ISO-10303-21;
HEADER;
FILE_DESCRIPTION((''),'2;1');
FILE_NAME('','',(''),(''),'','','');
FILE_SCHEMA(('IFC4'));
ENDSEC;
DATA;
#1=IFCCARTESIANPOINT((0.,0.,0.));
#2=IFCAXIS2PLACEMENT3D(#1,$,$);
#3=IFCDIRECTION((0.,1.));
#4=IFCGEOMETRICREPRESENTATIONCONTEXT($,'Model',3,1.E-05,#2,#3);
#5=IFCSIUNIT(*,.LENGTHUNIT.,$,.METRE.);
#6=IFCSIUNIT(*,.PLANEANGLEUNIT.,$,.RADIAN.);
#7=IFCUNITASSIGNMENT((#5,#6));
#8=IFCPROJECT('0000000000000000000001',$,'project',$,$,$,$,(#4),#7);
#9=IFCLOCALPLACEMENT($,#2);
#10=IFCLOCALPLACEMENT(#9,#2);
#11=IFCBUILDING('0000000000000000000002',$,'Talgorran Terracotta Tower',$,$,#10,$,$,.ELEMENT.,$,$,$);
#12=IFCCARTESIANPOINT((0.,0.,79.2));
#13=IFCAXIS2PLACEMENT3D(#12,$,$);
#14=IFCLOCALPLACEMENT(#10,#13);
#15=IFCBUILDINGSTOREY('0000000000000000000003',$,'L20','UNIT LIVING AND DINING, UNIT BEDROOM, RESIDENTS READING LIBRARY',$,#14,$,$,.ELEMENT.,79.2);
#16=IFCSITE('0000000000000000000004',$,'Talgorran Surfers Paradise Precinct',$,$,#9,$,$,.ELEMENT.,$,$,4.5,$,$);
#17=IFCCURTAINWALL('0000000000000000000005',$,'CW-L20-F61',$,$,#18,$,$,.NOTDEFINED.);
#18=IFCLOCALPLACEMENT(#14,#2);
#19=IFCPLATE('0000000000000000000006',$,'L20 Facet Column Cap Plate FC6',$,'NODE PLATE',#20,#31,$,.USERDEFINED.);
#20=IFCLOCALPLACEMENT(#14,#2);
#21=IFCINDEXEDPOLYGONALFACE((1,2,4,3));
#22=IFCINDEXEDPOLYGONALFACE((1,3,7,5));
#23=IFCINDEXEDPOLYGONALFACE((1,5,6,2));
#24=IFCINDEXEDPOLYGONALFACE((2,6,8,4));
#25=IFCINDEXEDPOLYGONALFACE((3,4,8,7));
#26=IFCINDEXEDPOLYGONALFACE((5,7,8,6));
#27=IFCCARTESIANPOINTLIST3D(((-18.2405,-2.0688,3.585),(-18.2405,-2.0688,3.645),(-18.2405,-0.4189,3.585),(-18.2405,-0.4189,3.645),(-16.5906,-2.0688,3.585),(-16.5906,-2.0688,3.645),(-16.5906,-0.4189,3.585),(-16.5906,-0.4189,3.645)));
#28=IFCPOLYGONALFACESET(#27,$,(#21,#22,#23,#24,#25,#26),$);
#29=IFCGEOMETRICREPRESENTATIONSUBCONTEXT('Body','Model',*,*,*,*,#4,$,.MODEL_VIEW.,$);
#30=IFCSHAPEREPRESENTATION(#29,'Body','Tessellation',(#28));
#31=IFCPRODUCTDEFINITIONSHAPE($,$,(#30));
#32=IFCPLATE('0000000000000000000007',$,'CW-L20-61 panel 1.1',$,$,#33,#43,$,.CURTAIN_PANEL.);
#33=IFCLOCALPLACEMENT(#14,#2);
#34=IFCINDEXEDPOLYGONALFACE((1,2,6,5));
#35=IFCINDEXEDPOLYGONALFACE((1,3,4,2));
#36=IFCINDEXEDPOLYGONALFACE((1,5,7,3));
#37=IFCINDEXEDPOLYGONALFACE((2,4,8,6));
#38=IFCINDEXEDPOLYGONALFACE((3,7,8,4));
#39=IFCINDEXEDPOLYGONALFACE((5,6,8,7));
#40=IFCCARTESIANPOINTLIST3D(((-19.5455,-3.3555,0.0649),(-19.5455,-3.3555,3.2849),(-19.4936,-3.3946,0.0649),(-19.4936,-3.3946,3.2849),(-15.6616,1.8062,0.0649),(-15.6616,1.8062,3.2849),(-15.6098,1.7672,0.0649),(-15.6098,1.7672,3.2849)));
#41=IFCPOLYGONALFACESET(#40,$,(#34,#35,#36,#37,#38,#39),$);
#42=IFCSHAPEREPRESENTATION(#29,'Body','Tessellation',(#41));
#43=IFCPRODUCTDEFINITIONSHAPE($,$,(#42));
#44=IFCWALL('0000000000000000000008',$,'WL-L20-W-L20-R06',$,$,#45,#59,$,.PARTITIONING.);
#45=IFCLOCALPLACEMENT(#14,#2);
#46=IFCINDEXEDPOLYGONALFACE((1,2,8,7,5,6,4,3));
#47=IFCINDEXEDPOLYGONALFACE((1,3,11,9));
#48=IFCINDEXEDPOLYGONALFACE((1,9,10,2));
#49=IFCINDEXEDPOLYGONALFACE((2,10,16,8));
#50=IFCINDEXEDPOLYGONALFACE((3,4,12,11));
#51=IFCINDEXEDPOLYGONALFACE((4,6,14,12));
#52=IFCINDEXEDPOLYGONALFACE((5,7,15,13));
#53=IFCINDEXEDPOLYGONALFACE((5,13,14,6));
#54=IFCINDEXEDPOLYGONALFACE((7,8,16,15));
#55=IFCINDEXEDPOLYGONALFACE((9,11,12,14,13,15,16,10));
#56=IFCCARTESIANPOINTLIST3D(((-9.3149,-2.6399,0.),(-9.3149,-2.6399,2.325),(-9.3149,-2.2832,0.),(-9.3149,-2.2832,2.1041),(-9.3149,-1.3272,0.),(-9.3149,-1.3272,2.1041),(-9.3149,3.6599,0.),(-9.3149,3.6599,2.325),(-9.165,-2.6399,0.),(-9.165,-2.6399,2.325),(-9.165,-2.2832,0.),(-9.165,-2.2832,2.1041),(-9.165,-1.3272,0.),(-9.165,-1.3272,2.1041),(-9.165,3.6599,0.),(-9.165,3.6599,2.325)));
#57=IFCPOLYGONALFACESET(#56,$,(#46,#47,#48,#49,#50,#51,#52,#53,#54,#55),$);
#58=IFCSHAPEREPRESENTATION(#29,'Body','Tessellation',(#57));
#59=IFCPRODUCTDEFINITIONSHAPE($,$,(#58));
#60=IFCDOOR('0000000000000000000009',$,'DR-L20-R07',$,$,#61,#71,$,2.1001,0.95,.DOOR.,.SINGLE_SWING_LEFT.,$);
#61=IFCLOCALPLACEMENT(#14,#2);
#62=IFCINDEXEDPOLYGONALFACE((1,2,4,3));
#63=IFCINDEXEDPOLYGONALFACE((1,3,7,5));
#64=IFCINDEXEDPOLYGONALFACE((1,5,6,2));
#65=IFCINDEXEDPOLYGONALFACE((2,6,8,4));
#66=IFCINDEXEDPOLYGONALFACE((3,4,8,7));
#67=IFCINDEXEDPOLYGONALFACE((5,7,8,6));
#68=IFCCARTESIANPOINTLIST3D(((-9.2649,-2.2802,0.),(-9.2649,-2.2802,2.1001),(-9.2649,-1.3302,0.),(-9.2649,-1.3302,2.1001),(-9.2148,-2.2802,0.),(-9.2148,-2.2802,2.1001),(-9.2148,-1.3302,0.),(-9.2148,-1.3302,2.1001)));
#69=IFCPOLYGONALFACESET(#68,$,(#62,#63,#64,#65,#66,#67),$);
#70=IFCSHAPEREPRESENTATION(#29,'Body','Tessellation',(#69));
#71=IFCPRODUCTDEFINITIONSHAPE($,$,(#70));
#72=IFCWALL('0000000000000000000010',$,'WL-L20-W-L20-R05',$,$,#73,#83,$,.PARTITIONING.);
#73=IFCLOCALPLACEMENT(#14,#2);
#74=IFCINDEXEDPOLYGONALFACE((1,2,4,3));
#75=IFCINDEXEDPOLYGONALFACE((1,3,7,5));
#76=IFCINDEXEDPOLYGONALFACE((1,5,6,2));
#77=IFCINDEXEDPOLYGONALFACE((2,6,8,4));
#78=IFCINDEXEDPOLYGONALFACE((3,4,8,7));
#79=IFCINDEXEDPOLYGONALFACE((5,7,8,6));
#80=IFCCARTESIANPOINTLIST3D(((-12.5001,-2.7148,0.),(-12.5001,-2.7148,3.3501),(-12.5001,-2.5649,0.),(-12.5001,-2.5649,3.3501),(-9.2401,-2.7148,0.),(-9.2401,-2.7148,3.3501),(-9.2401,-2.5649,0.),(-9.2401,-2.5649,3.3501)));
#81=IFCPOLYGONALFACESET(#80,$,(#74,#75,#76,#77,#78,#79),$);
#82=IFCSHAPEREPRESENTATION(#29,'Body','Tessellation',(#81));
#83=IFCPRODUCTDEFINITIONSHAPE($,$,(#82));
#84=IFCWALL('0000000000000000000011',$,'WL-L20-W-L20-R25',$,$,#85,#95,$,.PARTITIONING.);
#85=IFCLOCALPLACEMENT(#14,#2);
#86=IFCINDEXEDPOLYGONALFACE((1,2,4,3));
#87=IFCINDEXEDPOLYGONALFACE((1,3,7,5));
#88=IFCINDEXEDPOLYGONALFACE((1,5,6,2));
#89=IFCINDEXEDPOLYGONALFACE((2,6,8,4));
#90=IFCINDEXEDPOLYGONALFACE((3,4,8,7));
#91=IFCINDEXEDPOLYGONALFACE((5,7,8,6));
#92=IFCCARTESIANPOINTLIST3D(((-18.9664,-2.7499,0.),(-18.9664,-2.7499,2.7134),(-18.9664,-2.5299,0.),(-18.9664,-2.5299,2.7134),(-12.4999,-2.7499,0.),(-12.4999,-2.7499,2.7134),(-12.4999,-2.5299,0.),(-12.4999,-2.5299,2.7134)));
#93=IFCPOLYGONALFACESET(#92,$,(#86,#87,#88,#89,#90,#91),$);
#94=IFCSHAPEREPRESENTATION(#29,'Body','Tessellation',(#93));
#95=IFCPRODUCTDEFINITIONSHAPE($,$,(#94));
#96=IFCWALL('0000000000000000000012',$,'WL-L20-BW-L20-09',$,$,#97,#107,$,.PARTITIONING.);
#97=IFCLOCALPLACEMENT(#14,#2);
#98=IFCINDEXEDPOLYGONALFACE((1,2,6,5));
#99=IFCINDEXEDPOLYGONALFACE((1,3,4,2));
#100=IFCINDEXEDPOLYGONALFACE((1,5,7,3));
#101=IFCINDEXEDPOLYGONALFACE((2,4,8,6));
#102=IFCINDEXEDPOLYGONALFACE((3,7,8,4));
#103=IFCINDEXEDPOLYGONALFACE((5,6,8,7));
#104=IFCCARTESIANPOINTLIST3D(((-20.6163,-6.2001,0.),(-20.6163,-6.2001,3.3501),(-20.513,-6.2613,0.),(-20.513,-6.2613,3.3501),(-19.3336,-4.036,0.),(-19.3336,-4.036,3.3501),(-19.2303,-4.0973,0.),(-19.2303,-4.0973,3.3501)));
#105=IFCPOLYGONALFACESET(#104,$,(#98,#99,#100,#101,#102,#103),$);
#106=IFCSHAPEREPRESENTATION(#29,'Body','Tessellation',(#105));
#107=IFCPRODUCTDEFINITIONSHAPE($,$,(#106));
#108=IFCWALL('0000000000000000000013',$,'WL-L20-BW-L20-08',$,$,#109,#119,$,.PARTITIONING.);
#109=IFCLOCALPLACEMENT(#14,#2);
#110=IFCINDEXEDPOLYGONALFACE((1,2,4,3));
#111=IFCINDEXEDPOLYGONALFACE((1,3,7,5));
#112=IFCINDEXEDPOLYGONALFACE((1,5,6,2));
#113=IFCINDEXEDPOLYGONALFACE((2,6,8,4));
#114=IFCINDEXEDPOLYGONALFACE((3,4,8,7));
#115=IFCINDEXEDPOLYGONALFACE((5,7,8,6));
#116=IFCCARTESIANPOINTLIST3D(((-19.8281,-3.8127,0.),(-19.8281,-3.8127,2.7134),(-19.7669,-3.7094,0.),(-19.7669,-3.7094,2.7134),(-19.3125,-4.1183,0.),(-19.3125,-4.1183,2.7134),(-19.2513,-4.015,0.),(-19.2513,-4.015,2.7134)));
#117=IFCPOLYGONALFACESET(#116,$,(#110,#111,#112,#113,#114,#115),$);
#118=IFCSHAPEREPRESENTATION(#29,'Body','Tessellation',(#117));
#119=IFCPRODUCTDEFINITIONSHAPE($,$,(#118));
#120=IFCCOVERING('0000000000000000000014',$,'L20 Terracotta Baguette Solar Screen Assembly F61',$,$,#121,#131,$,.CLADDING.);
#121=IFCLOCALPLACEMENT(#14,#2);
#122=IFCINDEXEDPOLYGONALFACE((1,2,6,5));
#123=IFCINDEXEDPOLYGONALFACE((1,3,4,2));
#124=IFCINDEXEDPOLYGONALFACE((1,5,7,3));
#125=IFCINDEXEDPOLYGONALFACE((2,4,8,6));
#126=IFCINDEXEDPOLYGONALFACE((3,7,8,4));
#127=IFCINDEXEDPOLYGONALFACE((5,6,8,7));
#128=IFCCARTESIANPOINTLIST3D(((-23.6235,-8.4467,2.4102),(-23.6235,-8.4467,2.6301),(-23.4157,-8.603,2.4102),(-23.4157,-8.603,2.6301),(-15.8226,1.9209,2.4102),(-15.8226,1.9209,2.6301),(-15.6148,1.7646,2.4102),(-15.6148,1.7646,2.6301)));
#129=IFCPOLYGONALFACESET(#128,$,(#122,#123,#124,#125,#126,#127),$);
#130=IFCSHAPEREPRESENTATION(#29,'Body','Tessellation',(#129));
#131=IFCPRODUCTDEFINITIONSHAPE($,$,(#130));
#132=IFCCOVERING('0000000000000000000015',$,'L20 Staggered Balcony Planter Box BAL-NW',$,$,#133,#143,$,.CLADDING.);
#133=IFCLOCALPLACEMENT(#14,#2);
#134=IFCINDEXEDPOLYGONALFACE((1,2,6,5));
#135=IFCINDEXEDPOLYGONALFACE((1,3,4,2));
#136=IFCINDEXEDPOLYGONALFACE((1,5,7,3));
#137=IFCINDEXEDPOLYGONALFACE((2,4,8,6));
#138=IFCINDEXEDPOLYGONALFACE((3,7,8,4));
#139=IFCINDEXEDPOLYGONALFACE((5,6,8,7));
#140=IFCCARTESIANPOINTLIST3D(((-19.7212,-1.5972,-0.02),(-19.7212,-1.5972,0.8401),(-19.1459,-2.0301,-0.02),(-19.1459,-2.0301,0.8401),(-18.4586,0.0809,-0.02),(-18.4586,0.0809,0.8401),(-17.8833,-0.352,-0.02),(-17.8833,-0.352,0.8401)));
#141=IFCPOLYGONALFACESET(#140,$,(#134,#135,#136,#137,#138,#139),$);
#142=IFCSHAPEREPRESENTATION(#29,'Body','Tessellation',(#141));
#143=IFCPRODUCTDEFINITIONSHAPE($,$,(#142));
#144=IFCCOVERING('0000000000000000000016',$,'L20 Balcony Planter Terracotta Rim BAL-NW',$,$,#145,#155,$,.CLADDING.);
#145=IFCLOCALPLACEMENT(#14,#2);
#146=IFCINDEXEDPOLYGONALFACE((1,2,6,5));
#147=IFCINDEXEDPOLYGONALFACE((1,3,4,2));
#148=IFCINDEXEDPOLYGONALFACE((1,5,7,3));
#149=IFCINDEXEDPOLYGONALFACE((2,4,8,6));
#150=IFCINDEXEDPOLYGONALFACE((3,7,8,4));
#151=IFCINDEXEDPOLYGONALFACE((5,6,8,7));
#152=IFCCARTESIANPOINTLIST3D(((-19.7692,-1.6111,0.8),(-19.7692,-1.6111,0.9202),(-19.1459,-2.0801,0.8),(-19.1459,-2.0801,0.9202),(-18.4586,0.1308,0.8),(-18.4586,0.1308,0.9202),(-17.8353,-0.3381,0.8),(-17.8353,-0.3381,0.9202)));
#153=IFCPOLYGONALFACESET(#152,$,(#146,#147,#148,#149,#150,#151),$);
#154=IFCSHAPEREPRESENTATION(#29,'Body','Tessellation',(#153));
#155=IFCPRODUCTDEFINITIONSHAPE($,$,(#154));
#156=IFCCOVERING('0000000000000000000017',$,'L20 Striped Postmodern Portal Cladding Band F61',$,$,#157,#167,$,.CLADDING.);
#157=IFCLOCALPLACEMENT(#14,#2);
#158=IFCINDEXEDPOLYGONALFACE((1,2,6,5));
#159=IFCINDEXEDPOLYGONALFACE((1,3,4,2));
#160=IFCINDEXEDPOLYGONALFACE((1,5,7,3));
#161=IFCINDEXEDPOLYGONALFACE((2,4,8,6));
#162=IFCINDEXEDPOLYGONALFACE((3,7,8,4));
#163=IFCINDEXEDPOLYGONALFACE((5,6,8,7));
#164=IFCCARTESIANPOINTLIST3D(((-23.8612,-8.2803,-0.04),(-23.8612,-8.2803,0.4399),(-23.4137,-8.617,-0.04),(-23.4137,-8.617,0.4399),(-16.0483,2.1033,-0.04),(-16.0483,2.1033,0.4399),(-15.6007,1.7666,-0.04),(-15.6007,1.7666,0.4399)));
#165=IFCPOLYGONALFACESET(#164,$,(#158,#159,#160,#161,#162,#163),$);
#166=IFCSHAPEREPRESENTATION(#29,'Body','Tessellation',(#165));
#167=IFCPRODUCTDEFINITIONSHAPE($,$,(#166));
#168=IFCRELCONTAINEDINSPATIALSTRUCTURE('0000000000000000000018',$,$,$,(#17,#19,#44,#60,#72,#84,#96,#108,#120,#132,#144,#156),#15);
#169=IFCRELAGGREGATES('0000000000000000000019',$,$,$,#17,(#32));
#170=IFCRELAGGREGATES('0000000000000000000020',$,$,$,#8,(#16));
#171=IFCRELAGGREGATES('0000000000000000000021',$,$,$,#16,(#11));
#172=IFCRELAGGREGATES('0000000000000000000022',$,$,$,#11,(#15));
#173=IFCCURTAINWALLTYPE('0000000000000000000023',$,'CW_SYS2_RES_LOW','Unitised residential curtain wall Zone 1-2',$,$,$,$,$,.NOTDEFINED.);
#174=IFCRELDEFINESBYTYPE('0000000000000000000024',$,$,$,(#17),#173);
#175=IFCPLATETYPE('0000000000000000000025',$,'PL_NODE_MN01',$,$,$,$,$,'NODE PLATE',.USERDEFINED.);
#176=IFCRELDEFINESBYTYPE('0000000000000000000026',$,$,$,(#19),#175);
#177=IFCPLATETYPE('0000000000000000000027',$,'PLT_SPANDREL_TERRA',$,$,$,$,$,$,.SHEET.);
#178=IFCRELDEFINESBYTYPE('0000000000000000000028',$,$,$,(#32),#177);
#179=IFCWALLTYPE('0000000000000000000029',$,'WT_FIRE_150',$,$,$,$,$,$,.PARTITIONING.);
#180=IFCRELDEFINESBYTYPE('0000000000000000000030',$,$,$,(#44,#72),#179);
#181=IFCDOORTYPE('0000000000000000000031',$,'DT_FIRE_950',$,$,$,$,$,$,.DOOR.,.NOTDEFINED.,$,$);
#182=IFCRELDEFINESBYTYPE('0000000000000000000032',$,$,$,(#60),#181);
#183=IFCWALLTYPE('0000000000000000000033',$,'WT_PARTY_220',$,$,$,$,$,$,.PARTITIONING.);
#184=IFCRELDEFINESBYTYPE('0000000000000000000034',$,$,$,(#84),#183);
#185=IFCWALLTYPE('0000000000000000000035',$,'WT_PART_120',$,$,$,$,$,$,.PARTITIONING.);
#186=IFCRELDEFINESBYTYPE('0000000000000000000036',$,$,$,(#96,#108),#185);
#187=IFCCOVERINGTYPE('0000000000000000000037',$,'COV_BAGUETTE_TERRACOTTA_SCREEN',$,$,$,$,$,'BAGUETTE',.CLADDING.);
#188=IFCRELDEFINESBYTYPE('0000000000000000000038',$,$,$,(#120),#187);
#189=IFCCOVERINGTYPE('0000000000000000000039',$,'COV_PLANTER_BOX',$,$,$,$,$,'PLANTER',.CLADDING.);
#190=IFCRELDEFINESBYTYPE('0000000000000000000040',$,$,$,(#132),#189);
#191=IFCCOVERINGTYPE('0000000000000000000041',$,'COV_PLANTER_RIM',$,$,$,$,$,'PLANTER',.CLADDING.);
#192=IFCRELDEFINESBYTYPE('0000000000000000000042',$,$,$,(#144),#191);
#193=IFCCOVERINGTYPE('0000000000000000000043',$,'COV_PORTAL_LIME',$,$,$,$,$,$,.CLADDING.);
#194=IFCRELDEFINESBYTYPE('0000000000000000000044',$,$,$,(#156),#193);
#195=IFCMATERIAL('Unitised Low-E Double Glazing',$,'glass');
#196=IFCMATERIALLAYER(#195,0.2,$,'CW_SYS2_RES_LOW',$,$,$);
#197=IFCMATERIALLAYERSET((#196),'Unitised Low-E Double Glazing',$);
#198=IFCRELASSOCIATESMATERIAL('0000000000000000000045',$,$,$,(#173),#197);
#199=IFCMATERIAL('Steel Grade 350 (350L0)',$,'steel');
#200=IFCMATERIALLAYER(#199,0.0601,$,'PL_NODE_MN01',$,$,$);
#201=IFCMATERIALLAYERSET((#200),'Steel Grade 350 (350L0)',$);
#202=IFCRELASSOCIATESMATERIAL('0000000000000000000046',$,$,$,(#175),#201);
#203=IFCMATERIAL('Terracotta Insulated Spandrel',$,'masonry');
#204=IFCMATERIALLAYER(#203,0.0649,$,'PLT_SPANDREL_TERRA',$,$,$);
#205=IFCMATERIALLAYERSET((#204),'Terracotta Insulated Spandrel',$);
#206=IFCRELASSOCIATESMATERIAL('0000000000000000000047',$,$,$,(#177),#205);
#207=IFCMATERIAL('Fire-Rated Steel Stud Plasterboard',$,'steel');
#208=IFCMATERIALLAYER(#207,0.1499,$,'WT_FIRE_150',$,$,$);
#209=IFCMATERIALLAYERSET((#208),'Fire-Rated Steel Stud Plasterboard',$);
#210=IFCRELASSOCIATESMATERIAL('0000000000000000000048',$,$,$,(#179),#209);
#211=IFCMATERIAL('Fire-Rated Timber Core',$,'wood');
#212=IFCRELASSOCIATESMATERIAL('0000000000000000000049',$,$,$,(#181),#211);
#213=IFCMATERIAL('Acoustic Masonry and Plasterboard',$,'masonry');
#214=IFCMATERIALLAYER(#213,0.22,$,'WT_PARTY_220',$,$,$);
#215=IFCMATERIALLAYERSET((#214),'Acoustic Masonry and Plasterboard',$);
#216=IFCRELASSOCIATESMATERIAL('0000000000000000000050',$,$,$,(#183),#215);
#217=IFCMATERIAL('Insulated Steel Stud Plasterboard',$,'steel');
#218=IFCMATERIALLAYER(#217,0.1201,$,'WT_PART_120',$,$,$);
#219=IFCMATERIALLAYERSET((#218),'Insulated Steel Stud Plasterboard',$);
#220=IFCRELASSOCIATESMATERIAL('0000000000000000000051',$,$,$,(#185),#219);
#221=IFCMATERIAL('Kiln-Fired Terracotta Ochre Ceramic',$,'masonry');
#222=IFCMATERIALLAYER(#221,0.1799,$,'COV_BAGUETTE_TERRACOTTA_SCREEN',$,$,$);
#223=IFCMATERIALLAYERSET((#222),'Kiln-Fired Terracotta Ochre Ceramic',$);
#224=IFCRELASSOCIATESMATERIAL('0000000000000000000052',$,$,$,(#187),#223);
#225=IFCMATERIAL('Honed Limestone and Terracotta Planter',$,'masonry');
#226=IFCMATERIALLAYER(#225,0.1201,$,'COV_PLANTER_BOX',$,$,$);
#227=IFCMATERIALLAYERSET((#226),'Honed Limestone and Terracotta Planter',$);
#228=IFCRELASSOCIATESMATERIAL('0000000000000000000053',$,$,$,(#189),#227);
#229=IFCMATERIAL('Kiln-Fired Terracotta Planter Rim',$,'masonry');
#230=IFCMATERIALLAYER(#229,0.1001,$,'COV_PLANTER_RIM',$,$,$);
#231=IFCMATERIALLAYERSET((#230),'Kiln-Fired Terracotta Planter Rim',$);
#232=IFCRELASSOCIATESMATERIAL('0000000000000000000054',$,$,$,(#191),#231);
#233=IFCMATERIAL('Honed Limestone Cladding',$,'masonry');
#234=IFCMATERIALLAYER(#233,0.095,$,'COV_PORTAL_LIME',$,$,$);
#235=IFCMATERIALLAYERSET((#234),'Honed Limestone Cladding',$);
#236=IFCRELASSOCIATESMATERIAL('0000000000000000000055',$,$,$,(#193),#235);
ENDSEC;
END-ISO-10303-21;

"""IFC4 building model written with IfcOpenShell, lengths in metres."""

from ifc_helpers import new_model, si_unit, direction, frame, frame_2d, origin, origin_2d, place, context, subcontext, project, spatial, rectangle, extrude, source, transform, mapped, material, layer, layer_set, type_object, type_shapes, element, fill, aggregate, save


model = new_model("IFC4")

# Units and contexts
model_context = context("Model", 3, precision=1e-05, world=origin(), true_north=direction((0.0, 1.0)))
body_context = subcontext(model_context, "Body", "Model", "MODEL_VIEW")
ifc_project = project(units=[si_unit("LENGTHUNIT", "METRE"), si_unit("PLANEANGLEUNIT", "RADIAN")], contexts=[model_context])

# Site, building, storey
site_placement = place(None, origin())
site = spatial("IfcSite", under=ifc_project, at=site_placement, Name="Talgorran Surfers Paradise Precinct", CompositionType="ELEMENT", RefElevation=4.5)
building_placement = place(site_placement, origin())
building = spatial("IfcBuilding", under=site, at=building_placement, Name="Talgorran Terracotta Tower", CompositionType="ELEMENT")
storey_placement = place(building_placement, frame((0.0, 0.0, 79.2)))
storey = spatial("IfcBuildingStorey", under=building, at=storey_placement, Name="L20", Description="UNIT LIVING AND DINING, UNIT BEDROOM, RESIDENTS READING LIBRARY", CompositionType="ELEMENT", Elevation=79.2)

# Shared definitions
ifc_material_1 = material(Name="Steel Grade 350 (350L0)", Category="steel")

# Curtain wall
ifc_material_2 = material(Name="Unitised Low-E Double Glazing", Category="glass")
ifc_layer_1 = layer(ifc_material_2, 0.2, Name="CW_SYS2_RES_LOW")
ifc_layer_set_1 = layer_set([ifc_layer_1], Name="Unitised Low-E Double Glazing")
curtain_wall_type = type_object("IfcCurtainWallType", Name="CW_SYS2_RES_LOW", Description="Unitised residential curtain wall Zone 1-2", PredefinedType="NOTDEFINED", material=ifc_layer_set_1)
curtain_wall_placement = place(storey_placement, origin())
curtain_wall = element("IfcCurtainWall", 1, at=curtain_wall_placement, inside=storey, type_object=curtain_wall_type, Name="CW-L20-F61", PredefinedType="NOTDEFINED")

# Plates
ifc_layer_2 = layer(ifc_material_1, 0.0601, Name="PL_NODE_MN01")
ifc_layer_set_2 = layer_set([ifc_layer_2], Name="Steel Grade 350 (350L0)")
plate_type_1 = type_object("IfcPlateType", Name="PL_NODE_MN01", ElementType="NODE PLATE", PredefinedType="USERDEFINED", material=ifc_layer_set_2)
plate_1_placement = place(storey_placement, frame((-17.4155, -1.2439, 3.585), z_axis=(0.0, 0.0, 1.0), x_axis=(1.0, 0.0, 0.0)))
element("IfcPlate", 2, at=plate_1_placement, inside=storey, type_object=plate_type_1, Name="L20 Facet Column Cap Plate FC6", ObjectType="NODE PLATE", PredefinedType="USERDEFINED", context=body_context, shape_type="SweptSolid", body=[
    extrude(rectangle(XDim=1.6499, YDim=1.6499, at=origin_2d()), origin(), (0.0, 0.0, 1.0), 0.0601),
])
ifc_material_3 = material(Name="Terracotta Insulated Spandrel", Category="masonry")
ifc_layer_3 = layer(ifc_material_3, 0.0649, Name="PLT_SPANDREL_TERRA")
ifc_layer_set_3 = layer_set([ifc_layer_3], Name="Terracotta Insulated Spandrel")
plate_type_2 = type_object("IfcPlateType", Name="PLT_SPANDREL_TERRA", PredefinedType="SHEET", material=ifc_layer_set_3)
shared_shape_1 = source(origin(), body_context, "Body", "SweptSolid", [
    extrude(rectangle(XDim=6.4597, YDim=0.0649, at=origin_2d()), origin(), (0.0, 0.0, 1.0), 3.22),
])
type_shapes(plate_type_2, [shared_shape_1])
plate_2_placement = place(storey_placement, frame((-17.5776, -0.7942, 0.0649), z_axis=(0.0, 0.0, 1.0), x_axis=(-0.601246, -0.799064, 0.0)))
plate_2 = element("IfcPlate", 3, at=plate_2_placement, type_object=plate_type_2, Name="CW-L20-61 panel 1.1", PredefinedType="CURTAIN_PANEL", context=body_context, shape_type="MappedRepresentation", body=[
    mapped(shared_shape_1, transform((0.0, 0.0, 0.0), scale=1.0)),
])
aggregate(curtain_wall, [plate_2])

# Wall, opening, door
ifc_material_4 = material(Name="Fire-Rated Steel Stud Plasterboard", Category="steel")
ifc_layer_4 = layer(ifc_material_4, 0.1499, Name="WT_FIRE_150")
ifc_layer_set_4 = layer_set([ifc_layer_4], Name="Fire-Rated Steel Stud Plasterboard")
wall_type_1 = type_object("IfcWallType", Name="WT_FIRE_150", PredefinedType="PARTITIONING", material=ifc_layer_set_4)
wall_1_placement = place(storey_placement, frame((-9.24, -2.6399, 0.0), z_axis=(0.0, 0.0, 1.0), x_axis=(0.0, 1.0, 0.0)))
wall_1 = element("IfcWall", 4, at=wall_1_placement, inside=storey, type_object=wall_type_1, Name="WL-L20-W-L20-R06", PredefinedType="PARTITIONING", context=body_context, shape_type="SweptSolid", body=[
    extrude(rectangle(XDim=6.2998, YDim=0.1499, at=frame_2d((3.1499, 0.0))), origin(), (0.0, 0.0, 1.0), 2.325),
])
opening_placement = place(wall_1_placement, frame((0.3596, 0.0, 0.0)))
opening = element("IfcOpeningElement", 5, at=opening_placement, cuts=wall_1, PredefinedType="OPENING", context=body_context, shape_type="SweptSolid", body=[
    extrude(rectangle(XDim=0.956, YDim=2.1041, at=frame_2d((0.4751, 1.052))), frame((0.0, 0.085, 0.0), z_axis=(0.0, -1.0, 0.0), x_axis=(1.0, 0.0, 0.0)), (0.0, 0.0, 1.0), 0.1699),
])
ifc_material_5 = material(Name="Fire-Rated Timber Core", Category="wood")
door_type = type_object("IfcDoorType", Name="DT_FIRE_950", OperationType="NOTDEFINED", PredefinedType="DOOR", material=ifc_material_5)
door_placement = place(opening_placement, origin())
door = element("IfcDoor", 6, at=door_placement, inside=storey, type_object=door_type, Name="DR-L20-R07", OperationType="SINGLE_SWING_LEFT", OverallHeight=2.1001, OverallWidth=0.95, PredefinedType="DOOR", context=body_context, shape_type="SweptSolid", body=[
    extrude(rectangle(XDim=0.95, YDim=2.1001, at=frame_2d((0.4751, 1.05))), frame((0.0, 0.0249, 0.0), z_axis=(0.0, -1.0, 0.0), x_axis=(1.0, 0.0, 0.0)), (0.0, 0.0, 1.0), 0.05),
])
fill(opening, door)

# Walls
wall_2_placement = place(storey_placement, frame((-12.5, -2.6399, 0.0), z_axis=(0.0, 0.0, 1.0), x_axis=(1.0, 0.0, 0.0)))
element("IfcWall", 7, at=wall_2_placement, inside=storey, type_object=wall_type_1, Name="WL-L20-W-L20-R05", PredefinedType="PARTITIONING", context=body_context, shape_type="SweptSolid", body=[
    extrude(rectangle(XDim=3.26, YDim=0.1499, at=frame_2d((1.6299, 0.0))), origin(), (0.0, 0.0, 1.0), 3.3501),
])
ifc_material_6 = material(Name="Acoustic Masonry and Plasterboard", Category="masonry")
ifc_layer_5 = layer(ifc_material_6, 0.22, Name="WT_PARTY_220")
ifc_layer_set_5 = layer_set([ifc_layer_5], Name="Acoustic Masonry and Plasterboard")
wall_type_2 = type_object("IfcWallType", Name="WT_PARTY_220", PredefinedType="PARTITIONING", material=ifc_layer_set_5)
wall_3_placement = place(storey_placement, frame((-18.9666, -2.6399, 0.0), z_axis=(0.0, 0.0, 1.0), x_axis=(1.0, 0.0, 0.0)))
element("IfcWall", 8, at=wall_3_placement, inside=storey, type_object=wall_type_2, Name="WL-L20-W-L20-R25", PredefinedType="PARTITIONING", context=body_context, shape_type="SweptSolid", body=[
    extrude(rectangle(XDim=6.4666, YDim=0.22, at=frame_2d((3.2334, 0.0))), origin(), (0.0, 0.0, 1.0), 2.7134),
])
ifc_material_7 = material(Name="Insulated Steel Stud Plasterboard", Category="steel")
ifc_layer_6 = layer(ifc_material_7, 0.1201, Name="WT_PART_120")
ifc_layer_set_6 = layer_set([ifc_layer_6], Name="Insulated Steel Stud Plasterboard")
wall_type_3 = type_object("IfcWallType", Name="WT_PART_120", PredefinedType="PARTITIONING", material=ifc_layer_set_6)
wall_4_placement = place(storey_placement, frame((-19.282, -4.0667, 0.0), z_axis=(0.0, 0.0, 1.0), x_axis=(-0.509893, -0.860238, 0.0)))
element("IfcWall", 9, at=wall_4_placement, inside=storey, type_object=wall_type_3, Name="WL-L20-BW-L20-09", PredefinedType="PARTITIONING", context=body_context, shape_type="SweptSolid", body=[
    extrude(rectangle(XDim=2.5156, YDim=0.1201, at=frame_2d((1.2578, 0.0))), origin(), (0.0, 0.0, 1.0), 3.3501),
])
wall_5_placement = place(storey_placement, frame((-19.7976, -3.761, 0.0), z_axis=(0.0, 0.0, 1.0), x_axis=(0.860212, -0.509936, 0.0)))
element("IfcWall", 10, at=wall_5_placement, inside=storey, type_object=wall_type_3, Name="WL-L20-BW-L20-08", PredefinedType="PARTITIONING", context=body_context, shape_type="SweptSolid", body=[
    extrude(rectangle(XDim=0.5994, YDim=0.1201, at=frame_2d((0.2998, 0.0))), origin(), (0.0, 0.0, 1.0), 2.7134),
])

# Coverings
ifc_material_8 = material(Name="Kiln-Fired Terracotta Ochre Ceramic", Category="masonry")
ifc_layer_7 = layer(ifc_material_8, 0.1799, Name="COV_BAGUETTE_TERRACOTTA_SCREEN")
ifc_layer_set_7 = layer_set([ifc_layer_7], Name="Kiln-Fired Terracotta Ochre Ceramic")
covering_type_1 = type_object("IfcCoveringType", Name="COV_BAGUETTE_TERRACOTTA_SCREEN", ElementType="BAGUETTE", PredefinedType="CLADDING", material=ifc_layer_set_7)
covering_1_placement = place(storey_placement, frame((-19.6191, -3.3411, 2.4102), z_axis=(0.0, 0.0, 1.0), x_axis=(-0.601243, -0.799066, 0.0)))
element("IfcCovering", 11, at=covering_1_placement, inside=storey, type_object=covering_type_1, Name="L20 Terracotta Baguette Solar Screen Assembly F61", PredefinedType="CLADDING", context=body_context, shape_type="SweptSolid", body=[
    extrude(rectangle(XDim=12.9746, YDim=0.26, at=origin_2d()), origin(), (0.0, 0.0, 1.0), 0.22),
])
ifc_material_9 = material(Name="Honed Limestone and Terracotta Planter", Category="masonry")
ifc_layer_8 = layer(ifc_material_9, 0.1201, Name="COV_PLANTER_BOX")
ifc_layer_set_8 = layer_set([ifc_layer_8], Name="Honed Limestone and Terracotta Planter")
covering_type_2 = type_object("IfcCoveringType", Name="COV_PLANTER_BOX", ElementType="PLANTER", PredefinedType="CLADDING", material=ifc_layer_set_8)
covering_2_placement = place(storey_placement, frame((-18.8022, -0.9746, -0.02), z_axis=(0.0, 0.0, 1.0), x_axis=(-0.601243, -0.799066, 0.0)))
element("IfcCovering", 12, at=covering_2_placement, inside=storey, type_object=covering_type_2, Name="L20 Staggered Balcony Planter Box BAL-NW", PredefinedType="CLADDING", context=body_context, shape_type="SweptSolid", body=[
    extrude(rectangle(XDim=2.1001, YDim=0.72, at=origin_2d()), origin(), (0.0, 0.0, 1.0), 0.8601),
])
ifc_material_10 = material(Name="Kiln-Fired Terracotta Planter Rim", Category="masonry")
ifc_layer_9 = layer(ifc_material_10, 0.1001, Name="COV_PLANTER_RIM")
ifc_layer_set_9 = layer_set([ifc_layer_9], Name="Kiln-Fired Terracotta Planter Rim")
covering_type_3 = type_object("IfcCoveringType", Name="COV_PLANTER_RIM", ElementType="PLANTER", PredefinedType="CLADDING", material=ifc_layer_set_9)
covering_3_placement = place(storey_placement, frame((-18.8022, -0.9746, 0.8), z_axis=(0.0, 0.0, 1.0), x_axis=(-0.601243, -0.799066, 0.0)))
element("IfcCovering", 13, at=covering_3_placement, inside=storey, type_object=covering_type_3, Name="L20 Balcony Planter Terracotta Rim BAL-NW", PredefinedType="CLADDING", context=body_context, shape_type="SweptSolid", body=[
    extrude(rectangle(XDim=2.1799, YDim=0.78, at=origin_2d()), origin(), (0.0, 0.0, 1.0), 0.1201),
])
ifc_material_11 = material(Name="Honed Limestone Cladding", Category="masonry")
ifc_layer_10 = layer(ifc_material_11, 0.095, Name="COV_PORTAL_LIME")
ifc_layer_set_10 = layer_set([ifc_layer_10], Name="Honed Limestone Cladding")
covering_type_4 = type_object("IfcCoveringType", Name="COV_PORTAL_LIME", PredefinedType="CLADDING", material=ifc_layer_set_10)
covering_4_placement = place(storey_placement, frame((-19.731, -3.2568, -0.04), z_axis=(0.0, 0.0, 1.0), x_axis=(-0.601243, -0.799066, 0.0)))
element("IfcCovering", 14, at=covering_4_placement, inside=storey, type_object=covering_type_4, Name="L20 Striped Postmodern Portal Cladding Band F61", PredefinedType="CLADDING", context=body_context, shape_type="SweptSolid", body=[
    extrude(rectangle(XDim=12.9946, YDim=0.5601, at=origin_2d()), origin(), (0.0, 0.0, 1.0), 0.48),
])

save(model, "model.ifc")
